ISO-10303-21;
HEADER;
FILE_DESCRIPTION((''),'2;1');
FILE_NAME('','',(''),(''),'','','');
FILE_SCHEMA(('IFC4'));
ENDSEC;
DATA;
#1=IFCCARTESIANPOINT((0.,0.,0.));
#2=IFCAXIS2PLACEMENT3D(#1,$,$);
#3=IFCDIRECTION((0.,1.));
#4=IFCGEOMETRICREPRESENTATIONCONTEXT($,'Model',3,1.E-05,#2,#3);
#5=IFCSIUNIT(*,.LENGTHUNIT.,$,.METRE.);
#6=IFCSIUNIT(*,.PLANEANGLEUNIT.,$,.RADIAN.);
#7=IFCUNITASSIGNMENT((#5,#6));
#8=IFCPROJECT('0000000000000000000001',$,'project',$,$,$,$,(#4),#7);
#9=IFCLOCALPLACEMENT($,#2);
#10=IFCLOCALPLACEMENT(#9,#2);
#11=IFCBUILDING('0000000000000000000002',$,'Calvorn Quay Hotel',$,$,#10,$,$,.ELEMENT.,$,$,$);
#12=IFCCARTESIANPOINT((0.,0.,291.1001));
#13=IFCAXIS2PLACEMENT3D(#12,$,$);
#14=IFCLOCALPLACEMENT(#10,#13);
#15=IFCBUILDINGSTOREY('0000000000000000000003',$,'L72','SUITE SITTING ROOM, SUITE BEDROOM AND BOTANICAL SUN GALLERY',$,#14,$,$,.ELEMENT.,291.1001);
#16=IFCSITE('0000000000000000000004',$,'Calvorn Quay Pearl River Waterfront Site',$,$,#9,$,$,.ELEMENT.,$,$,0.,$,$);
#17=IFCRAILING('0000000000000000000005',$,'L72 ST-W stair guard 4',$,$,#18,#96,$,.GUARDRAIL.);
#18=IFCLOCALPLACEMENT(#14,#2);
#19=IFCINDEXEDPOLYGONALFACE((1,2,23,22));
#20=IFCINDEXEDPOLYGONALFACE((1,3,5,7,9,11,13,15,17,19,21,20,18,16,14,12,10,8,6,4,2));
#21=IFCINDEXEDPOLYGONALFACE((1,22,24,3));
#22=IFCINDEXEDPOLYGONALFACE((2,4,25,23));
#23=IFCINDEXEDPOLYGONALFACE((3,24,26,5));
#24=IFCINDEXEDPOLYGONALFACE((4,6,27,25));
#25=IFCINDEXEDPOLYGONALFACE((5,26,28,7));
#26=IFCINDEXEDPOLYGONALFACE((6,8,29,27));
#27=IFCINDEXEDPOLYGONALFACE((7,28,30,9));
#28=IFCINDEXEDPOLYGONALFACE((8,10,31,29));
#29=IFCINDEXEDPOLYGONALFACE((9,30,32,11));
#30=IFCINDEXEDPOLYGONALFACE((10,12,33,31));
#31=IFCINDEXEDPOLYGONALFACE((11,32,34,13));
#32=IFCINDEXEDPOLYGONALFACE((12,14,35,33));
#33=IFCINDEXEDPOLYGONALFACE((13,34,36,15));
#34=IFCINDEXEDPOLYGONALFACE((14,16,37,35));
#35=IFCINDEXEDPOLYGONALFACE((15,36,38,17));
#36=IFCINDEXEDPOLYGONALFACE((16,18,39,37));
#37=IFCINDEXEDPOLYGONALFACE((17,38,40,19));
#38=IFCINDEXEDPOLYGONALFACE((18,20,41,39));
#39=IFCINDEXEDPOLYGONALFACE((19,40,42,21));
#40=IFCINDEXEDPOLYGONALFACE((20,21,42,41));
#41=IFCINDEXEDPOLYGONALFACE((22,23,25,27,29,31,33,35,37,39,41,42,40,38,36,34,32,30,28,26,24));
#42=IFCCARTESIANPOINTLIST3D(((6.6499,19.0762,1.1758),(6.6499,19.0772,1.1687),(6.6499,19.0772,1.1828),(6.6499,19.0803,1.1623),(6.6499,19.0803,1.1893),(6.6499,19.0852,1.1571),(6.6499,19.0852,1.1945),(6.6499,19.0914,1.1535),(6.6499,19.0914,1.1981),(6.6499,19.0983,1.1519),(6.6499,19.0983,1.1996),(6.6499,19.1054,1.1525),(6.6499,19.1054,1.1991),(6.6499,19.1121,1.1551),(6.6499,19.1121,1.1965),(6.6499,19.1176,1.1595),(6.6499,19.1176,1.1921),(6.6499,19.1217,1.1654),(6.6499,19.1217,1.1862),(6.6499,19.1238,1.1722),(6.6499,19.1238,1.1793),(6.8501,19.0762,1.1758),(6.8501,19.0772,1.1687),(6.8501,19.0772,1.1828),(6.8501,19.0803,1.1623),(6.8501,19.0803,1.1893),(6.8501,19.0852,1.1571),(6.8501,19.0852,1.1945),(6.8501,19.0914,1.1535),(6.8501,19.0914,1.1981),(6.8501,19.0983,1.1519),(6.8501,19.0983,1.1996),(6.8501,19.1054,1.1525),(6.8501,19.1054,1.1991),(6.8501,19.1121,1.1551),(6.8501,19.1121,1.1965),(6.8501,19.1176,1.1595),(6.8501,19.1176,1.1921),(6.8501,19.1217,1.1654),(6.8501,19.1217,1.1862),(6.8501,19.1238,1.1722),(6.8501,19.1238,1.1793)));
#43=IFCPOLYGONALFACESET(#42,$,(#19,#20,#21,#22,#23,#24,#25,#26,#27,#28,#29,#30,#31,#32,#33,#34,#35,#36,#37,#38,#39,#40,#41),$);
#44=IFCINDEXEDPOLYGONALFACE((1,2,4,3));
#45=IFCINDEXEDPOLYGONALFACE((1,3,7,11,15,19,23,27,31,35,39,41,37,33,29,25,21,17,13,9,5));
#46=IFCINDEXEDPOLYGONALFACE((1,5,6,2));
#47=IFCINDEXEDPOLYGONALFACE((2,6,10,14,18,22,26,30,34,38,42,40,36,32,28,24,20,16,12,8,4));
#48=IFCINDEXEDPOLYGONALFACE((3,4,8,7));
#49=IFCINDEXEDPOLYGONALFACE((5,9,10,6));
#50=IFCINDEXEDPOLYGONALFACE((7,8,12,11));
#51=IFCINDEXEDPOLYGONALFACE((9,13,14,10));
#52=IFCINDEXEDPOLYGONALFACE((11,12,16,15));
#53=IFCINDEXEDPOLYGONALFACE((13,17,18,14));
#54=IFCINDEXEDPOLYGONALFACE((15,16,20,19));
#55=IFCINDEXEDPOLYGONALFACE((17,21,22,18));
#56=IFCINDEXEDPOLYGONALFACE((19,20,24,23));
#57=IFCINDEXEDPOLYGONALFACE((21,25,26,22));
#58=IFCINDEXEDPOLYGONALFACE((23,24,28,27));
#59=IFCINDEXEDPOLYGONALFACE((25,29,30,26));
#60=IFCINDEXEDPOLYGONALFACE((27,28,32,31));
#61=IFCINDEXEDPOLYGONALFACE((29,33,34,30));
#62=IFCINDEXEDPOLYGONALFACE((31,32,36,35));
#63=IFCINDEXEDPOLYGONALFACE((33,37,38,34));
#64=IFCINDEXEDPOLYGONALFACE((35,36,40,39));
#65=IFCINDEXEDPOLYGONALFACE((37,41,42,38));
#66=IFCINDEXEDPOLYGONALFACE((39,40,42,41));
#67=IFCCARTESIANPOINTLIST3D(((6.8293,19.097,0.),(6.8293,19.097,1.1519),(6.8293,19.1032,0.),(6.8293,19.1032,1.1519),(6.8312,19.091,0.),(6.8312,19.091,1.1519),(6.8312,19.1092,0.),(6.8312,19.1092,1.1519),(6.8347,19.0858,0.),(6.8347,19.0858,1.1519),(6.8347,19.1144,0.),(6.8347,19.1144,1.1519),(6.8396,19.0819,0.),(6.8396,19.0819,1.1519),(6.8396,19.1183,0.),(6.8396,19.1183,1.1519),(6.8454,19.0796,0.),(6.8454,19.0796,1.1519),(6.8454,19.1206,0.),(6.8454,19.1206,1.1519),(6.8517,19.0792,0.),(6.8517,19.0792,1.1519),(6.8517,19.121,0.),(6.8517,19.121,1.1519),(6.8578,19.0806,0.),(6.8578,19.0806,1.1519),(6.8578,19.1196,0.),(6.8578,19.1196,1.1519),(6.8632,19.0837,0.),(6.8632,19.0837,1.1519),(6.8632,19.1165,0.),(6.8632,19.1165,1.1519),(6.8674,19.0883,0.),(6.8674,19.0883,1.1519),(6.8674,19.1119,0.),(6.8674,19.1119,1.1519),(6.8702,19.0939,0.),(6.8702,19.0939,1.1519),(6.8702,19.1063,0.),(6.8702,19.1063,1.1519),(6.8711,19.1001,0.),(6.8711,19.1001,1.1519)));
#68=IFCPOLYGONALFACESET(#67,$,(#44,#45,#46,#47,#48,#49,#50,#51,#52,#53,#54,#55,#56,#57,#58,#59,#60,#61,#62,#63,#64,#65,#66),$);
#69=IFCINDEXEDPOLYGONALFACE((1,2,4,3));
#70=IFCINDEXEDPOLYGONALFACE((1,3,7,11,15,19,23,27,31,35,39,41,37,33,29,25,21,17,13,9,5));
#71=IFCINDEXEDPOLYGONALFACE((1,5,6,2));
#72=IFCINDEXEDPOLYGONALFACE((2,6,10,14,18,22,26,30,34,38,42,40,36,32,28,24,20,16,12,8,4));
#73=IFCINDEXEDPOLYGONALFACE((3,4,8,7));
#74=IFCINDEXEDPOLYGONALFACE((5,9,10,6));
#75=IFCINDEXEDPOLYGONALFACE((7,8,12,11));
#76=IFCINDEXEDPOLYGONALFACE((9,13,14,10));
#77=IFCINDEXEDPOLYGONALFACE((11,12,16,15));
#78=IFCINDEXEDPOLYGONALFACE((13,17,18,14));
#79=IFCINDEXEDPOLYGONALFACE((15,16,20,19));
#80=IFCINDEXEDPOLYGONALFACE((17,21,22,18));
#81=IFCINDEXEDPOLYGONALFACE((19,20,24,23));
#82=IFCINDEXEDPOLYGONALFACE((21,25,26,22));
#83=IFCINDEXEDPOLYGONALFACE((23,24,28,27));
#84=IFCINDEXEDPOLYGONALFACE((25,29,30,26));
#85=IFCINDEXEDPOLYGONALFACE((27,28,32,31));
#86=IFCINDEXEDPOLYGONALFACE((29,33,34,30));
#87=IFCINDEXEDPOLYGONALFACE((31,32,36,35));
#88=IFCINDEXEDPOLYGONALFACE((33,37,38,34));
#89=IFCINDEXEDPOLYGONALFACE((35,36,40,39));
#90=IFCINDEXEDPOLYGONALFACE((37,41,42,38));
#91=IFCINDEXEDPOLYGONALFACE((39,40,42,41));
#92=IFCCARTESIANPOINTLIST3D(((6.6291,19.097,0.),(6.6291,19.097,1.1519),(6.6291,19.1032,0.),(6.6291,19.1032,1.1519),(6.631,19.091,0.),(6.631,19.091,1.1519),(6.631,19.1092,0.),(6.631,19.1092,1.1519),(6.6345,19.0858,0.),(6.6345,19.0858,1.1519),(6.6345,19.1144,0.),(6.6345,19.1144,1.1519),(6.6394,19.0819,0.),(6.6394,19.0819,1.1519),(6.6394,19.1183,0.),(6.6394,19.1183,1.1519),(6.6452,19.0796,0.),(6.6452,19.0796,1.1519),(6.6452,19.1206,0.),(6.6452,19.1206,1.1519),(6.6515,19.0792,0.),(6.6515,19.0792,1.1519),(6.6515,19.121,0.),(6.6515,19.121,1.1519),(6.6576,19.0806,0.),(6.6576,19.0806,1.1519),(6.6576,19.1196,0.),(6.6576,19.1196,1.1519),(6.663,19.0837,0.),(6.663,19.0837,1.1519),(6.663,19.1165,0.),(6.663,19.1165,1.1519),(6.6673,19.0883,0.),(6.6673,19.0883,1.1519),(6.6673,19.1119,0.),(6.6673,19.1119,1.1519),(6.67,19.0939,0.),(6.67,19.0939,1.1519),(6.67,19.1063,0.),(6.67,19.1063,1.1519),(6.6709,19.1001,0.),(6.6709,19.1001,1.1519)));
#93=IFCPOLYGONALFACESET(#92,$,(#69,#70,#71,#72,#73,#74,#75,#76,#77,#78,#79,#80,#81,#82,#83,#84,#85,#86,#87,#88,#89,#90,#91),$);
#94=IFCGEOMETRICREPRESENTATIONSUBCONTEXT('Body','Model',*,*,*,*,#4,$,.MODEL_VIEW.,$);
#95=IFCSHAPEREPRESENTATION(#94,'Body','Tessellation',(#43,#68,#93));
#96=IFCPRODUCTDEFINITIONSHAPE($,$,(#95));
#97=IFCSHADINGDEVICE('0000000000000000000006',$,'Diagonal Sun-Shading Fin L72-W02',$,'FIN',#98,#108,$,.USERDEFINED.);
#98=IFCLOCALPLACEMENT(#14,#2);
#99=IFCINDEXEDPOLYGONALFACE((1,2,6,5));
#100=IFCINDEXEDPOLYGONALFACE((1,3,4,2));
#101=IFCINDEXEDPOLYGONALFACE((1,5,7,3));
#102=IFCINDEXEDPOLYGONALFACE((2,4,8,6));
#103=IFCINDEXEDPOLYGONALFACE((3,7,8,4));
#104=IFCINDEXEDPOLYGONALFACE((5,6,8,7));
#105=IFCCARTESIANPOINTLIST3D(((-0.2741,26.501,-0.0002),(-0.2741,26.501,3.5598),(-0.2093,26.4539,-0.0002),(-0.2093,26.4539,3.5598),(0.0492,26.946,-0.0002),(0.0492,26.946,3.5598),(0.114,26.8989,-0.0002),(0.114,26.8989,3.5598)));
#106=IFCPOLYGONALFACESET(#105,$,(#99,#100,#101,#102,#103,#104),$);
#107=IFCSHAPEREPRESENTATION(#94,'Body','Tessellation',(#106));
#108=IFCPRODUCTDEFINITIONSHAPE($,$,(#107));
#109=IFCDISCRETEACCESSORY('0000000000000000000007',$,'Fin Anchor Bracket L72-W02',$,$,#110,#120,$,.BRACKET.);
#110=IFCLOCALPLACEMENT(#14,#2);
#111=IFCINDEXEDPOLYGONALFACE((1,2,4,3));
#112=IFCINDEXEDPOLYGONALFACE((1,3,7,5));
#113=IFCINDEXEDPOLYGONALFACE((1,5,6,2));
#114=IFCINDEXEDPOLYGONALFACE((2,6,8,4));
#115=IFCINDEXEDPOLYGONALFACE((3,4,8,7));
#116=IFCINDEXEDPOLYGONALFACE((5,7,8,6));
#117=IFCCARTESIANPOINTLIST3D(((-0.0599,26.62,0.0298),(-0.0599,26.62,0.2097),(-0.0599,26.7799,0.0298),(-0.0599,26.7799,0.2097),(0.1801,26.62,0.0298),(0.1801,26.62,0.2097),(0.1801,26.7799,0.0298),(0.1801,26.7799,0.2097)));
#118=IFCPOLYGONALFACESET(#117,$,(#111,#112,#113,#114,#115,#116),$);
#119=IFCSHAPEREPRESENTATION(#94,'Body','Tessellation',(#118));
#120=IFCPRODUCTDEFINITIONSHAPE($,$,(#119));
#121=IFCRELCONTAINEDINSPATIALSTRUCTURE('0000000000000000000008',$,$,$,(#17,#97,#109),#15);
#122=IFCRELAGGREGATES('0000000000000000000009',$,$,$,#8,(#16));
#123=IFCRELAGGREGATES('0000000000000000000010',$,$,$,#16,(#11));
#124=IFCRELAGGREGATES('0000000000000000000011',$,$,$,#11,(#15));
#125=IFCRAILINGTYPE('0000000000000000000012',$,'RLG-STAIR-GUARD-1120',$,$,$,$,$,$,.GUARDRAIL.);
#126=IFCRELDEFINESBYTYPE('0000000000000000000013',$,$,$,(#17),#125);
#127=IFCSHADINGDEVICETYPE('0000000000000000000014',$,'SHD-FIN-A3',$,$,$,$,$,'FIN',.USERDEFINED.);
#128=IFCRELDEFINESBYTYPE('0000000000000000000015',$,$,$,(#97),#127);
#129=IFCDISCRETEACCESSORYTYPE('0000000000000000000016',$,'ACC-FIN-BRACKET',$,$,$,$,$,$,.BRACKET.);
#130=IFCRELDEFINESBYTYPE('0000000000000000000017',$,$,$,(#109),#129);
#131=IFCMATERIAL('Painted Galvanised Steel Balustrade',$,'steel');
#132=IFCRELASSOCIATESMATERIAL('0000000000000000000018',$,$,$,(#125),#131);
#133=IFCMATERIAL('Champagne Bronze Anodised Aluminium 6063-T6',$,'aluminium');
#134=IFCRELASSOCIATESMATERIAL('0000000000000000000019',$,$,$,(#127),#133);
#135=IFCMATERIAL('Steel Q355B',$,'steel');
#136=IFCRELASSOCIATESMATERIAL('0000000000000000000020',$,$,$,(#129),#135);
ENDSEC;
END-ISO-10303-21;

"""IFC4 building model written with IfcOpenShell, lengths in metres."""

from ifc_helpers import new_model, si_unit, direction, frame, origin, origin_2d, place, context, subcontext, project, spatial, rectangle, circle, extrude, material, type_object, element, save


model = new_model("IFC4")

# Units and contexts
model_context = context("Model", 3, precision=1e-05, world=origin(), true_north=direction((0.0, 1.0)))
body_context = subcontext(model_context, "Body", "Model", "MODEL_VIEW")
ifc_project = project(units=[si_unit("LENGTHUNIT", "METRE"), si_unit("PLANEANGLEUNIT", "RADIAN")], contexts=[model_context])

# Site, building, storey
site_placement = place(None, origin())
site = spatial("IfcSite", under=ifc_project, at=site_placement, Name="Calvorn Quay Pearl River Waterfront Site", CompositionType="ELEMENT", RefElevation=0.0)
building_placement = place(site_placement, origin())
building = spatial("IfcBuilding", under=site, at=building_placement, Name="Calvorn Quay Hotel", CompositionType="ELEMENT")
storey_placement = place(building_placement, frame((0.0, 0.0, 291.1001)))
storey = spatial("IfcBuildingStorey", under=building, at=storey_placement, Name="L72", Description="SUITE SITTING ROOM, SUITE BEDROOM AND BOTANICAL SUN GALLERY", CompositionType="ELEMENT", Elevation=291.1001)

# Railing
ifc_material_1 = material(Name="Painted Galvanised Steel Balustrade", Category="steel")
railing_type_1 = type_object("IfcRailingType", Name="RLG-STAIR-GUARD-1120", PredefinedType="GUARDRAIL", material=ifc_material_1)
railing_1_placement = place(storey_placement, frame((6.8501, 19.1001, 0.0)))
element("IfcRailing", 1, at=railing_1_placement, inside=storey, type_object=railing_type_1, Name="L72 ST-W stair guard 4", PredefinedType="GUARDRAIL", context=body_context, shape_type="SweptSolid", body=[
    extrude(circle(Radius=0.0239, at=origin_2d()), frame((0.0, 0.0, 1.1758), z_axis=(-1.0, 0.0, 0.0), x_axis=(0.0, -1.0, 0.0)), (0.0, 0.0, 1.0), 0.2002),
    extrude(circle(Radius=0.021, at=origin_2d()), origin(), (0.0, 0.0, 1.0), 1.1519),
    extrude(circle(Radius=0.021, at=origin_2d()), frame((-0.2002, 0.0, 0.0)), (0.0, 0.0, 1.0), 1.1519),
])

# Shading device
ifc_material_2 = material(Name="Champagne Bronze Anodised Aluminium 6063-T6", Category="aluminium")
shading_device_type = type_object("IfcShadingDeviceType", Name="SHD-FIN-A3", ElementType="FIN", PredefinedType="USERDEFINED", material=ifc_material_2)
shading_device_placement = place(storey_placement, frame((-0.0801, 26.7, -0.0002), z_axis=(0.0, 0.0, 1.0), x_axis=(0.587785, 0.809017, 0.0)))
element("IfcShadingDevice", 2, at=shading_device_placement, inside=storey, type_object=shading_device_type, Name="Diagonal Sun-Shading Fin L72-W02", ObjectType="FIN", PredefinedType="USERDEFINED", context=body_context, shape_type="SweptSolid", body=[
    extrude(rectangle(XDim=0.55, YDim=0.0801, at=origin_2d()), origin(), (0.0, 0.0, 1.0), 3.5601),
])

# Discrete accessory
ifc_material_3 = material(Name="Steel Q355B", Category="steel")
discrete_accessory_type = type_object("IfcDiscreteAccessoryType", Name="ACC-FIN-BRACKET", PredefinedType="BRACKET", material=ifc_material_3)
discrete_accessory_placement = place(storey_placement, frame((0.0601, 26.7, 0.0298), z_axis=(0.0, 0.0, 1.0), x_axis=(1.0, 0.0, 0.0)))
element("IfcDiscreteAccessory", 3, at=discrete_accessory_placement, inside=storey, type_object=discrete_accessory_type, Name="Fin Anchor Bracket L72-W02", PredefinedType="BRACKET", context=body_context, shape_type="SweptSolid", body=[
    extrude(rectangle(XDim=0.24, YDim=0.1599, at=origin_2d()), origin(), (0.0, 0.0, 1.0), 0.1799),
])

save(model, "model.ifc")
